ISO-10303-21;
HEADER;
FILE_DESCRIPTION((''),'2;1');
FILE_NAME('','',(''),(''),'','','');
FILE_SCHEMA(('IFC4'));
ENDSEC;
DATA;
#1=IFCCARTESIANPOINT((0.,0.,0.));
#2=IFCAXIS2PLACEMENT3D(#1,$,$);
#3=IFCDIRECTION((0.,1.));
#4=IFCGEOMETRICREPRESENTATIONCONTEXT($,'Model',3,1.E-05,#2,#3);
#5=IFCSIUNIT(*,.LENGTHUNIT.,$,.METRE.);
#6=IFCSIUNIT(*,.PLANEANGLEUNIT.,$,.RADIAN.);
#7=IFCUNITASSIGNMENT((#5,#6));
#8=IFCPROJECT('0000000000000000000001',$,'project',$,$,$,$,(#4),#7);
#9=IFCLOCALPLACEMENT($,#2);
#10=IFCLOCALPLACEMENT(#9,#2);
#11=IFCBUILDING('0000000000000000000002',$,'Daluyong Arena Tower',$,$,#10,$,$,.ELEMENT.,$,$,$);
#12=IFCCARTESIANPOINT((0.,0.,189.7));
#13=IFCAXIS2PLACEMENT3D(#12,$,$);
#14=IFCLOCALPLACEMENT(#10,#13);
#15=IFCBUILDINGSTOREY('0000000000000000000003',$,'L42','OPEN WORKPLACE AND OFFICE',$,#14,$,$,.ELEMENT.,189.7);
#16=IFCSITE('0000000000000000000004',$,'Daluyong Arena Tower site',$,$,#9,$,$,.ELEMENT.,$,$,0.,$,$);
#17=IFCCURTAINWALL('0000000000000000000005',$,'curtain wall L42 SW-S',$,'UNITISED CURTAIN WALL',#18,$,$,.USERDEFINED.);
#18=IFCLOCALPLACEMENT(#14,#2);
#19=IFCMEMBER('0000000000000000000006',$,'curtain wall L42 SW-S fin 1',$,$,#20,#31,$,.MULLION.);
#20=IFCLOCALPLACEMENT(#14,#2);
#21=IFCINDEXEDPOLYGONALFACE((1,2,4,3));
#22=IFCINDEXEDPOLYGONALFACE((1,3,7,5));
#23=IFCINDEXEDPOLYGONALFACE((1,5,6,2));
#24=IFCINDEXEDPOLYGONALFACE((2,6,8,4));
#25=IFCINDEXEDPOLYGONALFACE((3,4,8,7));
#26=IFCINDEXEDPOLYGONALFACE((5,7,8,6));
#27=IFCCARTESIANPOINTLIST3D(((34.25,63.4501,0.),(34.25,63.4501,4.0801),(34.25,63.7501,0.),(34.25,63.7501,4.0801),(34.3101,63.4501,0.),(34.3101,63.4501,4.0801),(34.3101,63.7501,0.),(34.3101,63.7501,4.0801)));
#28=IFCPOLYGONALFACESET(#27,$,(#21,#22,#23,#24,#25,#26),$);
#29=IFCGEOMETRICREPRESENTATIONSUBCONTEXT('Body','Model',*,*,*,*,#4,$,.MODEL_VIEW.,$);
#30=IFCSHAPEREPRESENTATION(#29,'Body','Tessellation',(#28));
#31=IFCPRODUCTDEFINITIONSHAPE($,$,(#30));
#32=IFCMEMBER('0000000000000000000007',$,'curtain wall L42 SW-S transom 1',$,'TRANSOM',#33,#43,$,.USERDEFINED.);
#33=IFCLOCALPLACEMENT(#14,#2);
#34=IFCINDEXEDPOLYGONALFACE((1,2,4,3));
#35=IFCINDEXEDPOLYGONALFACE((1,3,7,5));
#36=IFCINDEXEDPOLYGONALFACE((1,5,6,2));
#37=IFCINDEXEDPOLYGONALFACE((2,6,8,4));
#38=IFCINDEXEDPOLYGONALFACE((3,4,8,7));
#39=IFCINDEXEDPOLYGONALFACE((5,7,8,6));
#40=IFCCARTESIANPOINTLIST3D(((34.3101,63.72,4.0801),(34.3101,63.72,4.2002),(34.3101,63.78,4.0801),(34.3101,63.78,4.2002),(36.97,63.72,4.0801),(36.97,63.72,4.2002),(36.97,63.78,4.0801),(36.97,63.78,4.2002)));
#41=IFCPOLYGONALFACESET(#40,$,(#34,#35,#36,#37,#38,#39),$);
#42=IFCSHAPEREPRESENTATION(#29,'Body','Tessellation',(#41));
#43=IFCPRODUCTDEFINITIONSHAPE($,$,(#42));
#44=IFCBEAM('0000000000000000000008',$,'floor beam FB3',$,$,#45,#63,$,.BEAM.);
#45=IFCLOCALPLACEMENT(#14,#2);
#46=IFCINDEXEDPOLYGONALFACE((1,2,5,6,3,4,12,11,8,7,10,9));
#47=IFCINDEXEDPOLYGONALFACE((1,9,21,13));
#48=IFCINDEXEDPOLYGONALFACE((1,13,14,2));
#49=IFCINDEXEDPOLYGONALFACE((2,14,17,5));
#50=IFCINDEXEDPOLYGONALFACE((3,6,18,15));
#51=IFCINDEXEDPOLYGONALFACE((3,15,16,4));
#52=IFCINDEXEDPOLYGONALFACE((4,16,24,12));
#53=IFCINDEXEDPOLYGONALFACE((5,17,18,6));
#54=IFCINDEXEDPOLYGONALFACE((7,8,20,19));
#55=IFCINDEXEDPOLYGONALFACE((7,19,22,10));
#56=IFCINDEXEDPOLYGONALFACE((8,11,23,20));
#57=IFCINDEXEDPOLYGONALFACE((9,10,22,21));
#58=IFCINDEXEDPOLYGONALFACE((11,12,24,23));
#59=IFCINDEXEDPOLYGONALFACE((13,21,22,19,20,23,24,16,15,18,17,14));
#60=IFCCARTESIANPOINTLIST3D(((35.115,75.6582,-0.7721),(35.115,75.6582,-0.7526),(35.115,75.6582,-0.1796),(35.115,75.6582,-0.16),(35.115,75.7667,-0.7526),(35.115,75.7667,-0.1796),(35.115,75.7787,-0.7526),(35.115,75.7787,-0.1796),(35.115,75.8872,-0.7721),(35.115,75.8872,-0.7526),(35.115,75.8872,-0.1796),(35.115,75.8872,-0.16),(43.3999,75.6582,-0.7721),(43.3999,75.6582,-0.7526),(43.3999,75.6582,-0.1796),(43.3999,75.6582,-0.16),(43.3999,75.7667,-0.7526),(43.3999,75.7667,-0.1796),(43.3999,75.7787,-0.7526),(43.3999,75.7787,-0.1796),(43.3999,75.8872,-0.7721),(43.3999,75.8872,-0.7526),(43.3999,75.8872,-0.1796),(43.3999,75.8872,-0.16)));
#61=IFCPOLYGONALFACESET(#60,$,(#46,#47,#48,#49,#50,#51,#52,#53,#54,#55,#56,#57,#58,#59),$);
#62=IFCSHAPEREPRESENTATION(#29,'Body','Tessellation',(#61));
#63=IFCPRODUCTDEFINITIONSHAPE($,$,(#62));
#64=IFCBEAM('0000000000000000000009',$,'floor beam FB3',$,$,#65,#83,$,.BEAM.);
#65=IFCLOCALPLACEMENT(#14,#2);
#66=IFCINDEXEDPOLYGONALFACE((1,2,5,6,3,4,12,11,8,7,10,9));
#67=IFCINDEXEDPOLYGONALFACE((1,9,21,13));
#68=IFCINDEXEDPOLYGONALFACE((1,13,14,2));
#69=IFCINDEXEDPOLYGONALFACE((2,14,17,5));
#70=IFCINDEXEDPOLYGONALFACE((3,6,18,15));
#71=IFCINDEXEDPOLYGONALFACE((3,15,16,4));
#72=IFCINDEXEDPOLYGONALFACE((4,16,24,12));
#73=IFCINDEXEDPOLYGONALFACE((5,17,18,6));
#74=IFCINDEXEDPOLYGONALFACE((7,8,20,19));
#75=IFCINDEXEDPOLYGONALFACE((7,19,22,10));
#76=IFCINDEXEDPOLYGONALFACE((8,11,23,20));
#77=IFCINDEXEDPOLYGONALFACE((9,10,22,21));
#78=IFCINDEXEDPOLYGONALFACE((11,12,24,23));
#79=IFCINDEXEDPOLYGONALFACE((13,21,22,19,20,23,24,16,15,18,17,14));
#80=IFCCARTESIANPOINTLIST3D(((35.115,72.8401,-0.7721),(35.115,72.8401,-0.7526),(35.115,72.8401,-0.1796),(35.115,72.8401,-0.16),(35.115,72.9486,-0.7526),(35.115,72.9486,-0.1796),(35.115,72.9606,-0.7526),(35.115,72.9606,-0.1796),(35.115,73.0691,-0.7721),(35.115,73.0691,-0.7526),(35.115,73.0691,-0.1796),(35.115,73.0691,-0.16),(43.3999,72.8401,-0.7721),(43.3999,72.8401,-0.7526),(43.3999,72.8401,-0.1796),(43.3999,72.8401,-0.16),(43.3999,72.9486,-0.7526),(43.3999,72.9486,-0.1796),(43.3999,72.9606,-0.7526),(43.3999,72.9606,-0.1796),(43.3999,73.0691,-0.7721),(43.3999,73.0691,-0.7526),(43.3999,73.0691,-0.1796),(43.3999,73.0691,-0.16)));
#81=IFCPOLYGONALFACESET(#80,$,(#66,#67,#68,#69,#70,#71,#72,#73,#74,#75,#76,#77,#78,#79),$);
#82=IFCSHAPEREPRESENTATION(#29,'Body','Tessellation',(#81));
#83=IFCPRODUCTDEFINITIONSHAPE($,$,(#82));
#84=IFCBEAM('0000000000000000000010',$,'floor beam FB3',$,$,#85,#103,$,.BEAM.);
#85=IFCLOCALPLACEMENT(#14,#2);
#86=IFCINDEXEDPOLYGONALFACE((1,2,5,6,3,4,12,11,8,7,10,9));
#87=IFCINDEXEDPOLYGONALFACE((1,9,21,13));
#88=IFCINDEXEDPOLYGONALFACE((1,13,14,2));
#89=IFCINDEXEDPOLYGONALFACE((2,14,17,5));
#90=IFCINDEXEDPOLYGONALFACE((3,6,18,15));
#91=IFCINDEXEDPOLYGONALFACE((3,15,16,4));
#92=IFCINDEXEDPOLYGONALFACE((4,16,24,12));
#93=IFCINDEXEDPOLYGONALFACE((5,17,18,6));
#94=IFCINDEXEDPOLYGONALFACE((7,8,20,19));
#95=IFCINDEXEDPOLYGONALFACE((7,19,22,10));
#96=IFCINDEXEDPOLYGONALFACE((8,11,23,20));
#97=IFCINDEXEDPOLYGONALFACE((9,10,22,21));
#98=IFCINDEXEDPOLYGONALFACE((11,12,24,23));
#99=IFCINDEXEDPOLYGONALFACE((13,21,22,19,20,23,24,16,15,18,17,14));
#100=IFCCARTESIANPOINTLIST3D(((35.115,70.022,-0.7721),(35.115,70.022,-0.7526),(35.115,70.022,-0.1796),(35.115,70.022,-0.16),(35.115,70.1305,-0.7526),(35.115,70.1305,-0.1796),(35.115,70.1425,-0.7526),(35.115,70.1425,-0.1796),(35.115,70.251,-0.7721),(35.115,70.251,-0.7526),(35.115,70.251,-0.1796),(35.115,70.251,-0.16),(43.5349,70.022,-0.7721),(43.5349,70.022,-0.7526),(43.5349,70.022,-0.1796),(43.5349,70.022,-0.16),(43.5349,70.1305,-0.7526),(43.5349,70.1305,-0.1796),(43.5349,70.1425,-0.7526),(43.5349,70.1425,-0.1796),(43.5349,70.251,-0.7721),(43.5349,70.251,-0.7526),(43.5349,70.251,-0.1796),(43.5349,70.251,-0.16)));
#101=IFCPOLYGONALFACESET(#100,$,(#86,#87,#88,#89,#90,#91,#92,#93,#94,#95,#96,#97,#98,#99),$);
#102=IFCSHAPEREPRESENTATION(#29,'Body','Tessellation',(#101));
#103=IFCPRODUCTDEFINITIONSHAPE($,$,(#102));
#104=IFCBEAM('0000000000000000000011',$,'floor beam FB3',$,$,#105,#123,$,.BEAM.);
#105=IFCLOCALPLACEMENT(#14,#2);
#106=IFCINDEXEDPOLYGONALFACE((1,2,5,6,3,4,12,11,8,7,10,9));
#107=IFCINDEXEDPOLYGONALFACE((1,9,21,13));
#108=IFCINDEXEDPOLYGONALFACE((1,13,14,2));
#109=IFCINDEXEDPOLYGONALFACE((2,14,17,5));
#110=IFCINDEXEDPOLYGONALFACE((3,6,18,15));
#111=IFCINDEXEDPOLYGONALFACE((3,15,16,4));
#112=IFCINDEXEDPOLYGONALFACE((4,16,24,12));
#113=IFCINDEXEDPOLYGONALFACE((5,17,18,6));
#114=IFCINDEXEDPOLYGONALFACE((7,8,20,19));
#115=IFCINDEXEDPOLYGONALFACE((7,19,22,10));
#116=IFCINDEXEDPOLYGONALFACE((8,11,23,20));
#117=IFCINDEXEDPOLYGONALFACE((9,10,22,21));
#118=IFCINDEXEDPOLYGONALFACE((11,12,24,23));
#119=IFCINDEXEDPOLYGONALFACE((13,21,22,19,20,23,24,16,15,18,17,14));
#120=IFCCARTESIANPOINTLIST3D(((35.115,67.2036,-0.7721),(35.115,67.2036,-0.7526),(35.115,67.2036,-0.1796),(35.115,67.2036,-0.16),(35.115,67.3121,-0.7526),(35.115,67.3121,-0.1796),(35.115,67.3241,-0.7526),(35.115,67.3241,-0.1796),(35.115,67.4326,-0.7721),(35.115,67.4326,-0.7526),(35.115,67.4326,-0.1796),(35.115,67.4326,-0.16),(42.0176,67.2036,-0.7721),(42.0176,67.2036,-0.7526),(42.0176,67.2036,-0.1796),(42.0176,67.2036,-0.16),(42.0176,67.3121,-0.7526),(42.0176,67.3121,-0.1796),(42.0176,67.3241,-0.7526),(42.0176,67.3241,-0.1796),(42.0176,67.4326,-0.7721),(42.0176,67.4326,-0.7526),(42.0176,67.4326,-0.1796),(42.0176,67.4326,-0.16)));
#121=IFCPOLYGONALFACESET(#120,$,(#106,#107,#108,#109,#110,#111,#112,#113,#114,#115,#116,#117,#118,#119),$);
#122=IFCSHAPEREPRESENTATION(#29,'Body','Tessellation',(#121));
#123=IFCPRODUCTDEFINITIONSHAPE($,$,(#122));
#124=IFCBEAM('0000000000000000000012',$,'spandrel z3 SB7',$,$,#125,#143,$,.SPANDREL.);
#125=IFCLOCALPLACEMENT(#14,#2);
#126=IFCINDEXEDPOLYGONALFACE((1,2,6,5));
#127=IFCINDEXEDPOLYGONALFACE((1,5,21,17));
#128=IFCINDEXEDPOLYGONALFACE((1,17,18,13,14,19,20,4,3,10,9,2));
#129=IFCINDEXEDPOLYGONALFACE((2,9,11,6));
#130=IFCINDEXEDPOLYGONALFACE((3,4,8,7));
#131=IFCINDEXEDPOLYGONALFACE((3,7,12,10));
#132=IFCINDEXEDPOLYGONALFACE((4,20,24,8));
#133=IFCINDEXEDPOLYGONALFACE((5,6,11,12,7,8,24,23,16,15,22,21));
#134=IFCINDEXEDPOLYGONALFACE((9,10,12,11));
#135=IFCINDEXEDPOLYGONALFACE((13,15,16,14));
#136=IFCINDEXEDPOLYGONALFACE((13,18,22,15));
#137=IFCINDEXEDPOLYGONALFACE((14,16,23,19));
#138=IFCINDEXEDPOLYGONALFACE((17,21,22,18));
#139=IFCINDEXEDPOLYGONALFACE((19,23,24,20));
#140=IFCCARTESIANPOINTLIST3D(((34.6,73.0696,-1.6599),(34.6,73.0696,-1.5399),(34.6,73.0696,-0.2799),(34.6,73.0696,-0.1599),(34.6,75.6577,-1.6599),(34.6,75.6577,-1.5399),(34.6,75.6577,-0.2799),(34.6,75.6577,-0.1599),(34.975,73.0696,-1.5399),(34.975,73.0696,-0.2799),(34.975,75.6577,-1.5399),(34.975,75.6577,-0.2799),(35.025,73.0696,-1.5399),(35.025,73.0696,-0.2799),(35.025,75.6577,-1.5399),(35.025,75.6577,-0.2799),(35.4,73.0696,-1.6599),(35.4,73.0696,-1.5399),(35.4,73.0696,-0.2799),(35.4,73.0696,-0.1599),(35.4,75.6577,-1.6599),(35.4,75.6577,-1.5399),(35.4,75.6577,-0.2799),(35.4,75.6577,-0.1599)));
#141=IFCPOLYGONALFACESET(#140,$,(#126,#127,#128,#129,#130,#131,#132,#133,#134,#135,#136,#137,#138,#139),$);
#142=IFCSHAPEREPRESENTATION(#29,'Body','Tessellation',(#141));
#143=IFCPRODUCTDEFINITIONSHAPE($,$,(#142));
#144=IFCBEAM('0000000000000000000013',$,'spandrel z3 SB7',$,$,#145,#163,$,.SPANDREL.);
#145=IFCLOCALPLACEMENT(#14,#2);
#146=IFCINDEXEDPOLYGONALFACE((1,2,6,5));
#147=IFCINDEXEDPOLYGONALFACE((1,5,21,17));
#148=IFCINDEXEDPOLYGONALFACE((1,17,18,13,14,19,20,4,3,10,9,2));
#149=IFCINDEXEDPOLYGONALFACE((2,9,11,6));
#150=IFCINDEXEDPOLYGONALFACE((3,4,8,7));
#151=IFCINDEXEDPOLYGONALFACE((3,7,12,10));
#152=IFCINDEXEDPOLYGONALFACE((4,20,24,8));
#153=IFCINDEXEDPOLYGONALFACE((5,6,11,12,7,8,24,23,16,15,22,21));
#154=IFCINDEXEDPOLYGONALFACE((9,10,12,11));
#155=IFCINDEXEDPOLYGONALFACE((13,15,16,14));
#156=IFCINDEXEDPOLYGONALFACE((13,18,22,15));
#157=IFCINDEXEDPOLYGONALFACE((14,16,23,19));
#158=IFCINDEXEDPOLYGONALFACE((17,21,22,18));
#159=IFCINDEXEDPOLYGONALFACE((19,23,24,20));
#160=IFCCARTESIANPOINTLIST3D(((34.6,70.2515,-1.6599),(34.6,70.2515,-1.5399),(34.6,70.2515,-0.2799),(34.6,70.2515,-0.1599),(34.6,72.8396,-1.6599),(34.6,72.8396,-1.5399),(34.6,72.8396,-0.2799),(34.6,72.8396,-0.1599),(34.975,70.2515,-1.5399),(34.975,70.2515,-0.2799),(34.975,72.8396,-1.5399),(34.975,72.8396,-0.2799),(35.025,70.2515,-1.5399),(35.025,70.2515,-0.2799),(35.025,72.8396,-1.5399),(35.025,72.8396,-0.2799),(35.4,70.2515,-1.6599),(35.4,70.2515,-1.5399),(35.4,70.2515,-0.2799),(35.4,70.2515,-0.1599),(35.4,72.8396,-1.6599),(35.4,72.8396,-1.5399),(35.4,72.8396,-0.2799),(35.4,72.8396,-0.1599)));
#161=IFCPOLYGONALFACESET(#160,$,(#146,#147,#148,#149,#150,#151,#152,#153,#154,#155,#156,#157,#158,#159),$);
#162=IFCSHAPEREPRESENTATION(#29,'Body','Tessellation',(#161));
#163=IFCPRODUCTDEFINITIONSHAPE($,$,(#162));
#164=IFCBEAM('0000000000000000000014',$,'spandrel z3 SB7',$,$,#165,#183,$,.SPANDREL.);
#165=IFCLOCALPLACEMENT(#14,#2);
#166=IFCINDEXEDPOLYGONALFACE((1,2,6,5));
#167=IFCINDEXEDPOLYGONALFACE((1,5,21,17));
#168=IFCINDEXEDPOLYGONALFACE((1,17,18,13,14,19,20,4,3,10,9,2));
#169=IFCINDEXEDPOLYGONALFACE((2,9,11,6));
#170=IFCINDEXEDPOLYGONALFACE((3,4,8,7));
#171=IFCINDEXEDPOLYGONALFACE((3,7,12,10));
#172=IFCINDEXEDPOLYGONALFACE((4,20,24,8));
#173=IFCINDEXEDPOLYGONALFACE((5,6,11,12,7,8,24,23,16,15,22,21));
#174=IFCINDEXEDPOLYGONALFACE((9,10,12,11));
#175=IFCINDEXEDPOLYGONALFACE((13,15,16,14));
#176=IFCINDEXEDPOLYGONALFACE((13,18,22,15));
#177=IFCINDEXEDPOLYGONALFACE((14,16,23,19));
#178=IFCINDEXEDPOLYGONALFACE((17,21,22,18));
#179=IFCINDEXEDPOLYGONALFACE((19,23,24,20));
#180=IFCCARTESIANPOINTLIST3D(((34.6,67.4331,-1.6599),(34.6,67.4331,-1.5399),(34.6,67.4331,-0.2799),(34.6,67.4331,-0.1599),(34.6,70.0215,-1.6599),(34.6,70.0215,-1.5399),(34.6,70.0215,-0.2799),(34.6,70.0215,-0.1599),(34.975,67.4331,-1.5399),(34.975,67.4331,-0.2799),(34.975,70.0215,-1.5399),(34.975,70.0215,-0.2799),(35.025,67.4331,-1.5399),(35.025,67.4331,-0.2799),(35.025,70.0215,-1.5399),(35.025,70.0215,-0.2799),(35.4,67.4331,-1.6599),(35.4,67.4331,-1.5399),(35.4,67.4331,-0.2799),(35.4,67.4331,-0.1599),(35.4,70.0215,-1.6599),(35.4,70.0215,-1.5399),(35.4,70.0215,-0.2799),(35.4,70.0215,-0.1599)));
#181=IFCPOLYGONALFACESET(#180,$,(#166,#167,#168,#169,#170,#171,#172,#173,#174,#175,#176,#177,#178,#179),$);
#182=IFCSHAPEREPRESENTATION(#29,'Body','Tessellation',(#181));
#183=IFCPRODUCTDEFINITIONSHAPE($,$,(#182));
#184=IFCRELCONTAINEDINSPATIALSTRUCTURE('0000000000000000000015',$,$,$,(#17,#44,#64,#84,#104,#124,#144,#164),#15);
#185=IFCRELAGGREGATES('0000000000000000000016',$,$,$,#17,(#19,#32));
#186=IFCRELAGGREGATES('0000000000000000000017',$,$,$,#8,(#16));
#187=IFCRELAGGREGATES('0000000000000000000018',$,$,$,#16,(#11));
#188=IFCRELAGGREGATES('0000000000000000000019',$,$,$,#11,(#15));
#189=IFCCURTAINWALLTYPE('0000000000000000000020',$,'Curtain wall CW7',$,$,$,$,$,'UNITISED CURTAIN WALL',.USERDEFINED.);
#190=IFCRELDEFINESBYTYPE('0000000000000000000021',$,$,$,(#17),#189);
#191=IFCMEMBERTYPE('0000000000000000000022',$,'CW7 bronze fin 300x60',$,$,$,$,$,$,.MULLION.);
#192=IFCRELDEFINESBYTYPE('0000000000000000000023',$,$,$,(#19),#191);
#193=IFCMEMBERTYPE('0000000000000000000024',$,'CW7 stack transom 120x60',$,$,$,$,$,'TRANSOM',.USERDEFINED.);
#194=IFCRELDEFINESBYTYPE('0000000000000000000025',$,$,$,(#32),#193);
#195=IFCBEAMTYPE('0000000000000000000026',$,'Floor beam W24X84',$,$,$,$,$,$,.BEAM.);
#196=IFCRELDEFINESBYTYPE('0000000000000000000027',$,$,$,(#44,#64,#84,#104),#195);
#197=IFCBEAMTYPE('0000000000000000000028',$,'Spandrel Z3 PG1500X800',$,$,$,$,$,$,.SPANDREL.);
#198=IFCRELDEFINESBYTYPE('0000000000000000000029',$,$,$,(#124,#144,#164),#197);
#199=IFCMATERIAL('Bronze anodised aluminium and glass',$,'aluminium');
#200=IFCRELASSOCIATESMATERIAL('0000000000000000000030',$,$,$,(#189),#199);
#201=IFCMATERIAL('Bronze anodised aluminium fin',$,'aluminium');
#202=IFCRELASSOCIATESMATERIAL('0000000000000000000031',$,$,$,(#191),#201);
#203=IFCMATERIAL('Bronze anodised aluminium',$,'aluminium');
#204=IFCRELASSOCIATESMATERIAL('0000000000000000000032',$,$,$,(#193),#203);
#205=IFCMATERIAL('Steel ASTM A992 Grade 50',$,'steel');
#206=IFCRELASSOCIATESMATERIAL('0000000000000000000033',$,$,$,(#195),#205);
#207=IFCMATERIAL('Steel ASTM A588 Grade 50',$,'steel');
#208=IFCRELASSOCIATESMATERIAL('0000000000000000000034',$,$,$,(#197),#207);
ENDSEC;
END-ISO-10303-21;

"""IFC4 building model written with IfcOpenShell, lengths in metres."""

from ifc_helpers import new_model, si_unit, direction, frame, origin, origin_2d, place, context, subcontext, project, spatial, rectangle, i_section, extrude, material, material_profile, profile_set, type_object, element, aggregate, save


model = new_model("IFC4")

# Units and contexts
model_context = context("Model", 3, precision=1e-05, world=origin(), true_north=direction((0.0, 1.0)))
body_context = subcontext(model_context, "Body", "Model", "MODEL_VIEW")
ifc_project = project(units=[si_unit("LENGTHUNIT", "METRE"), si_unit("PLANEANGLEUNIT", "RADIAN")], contexts=[model_context])

# Site, building, storey
site_placement = place(None, origin())
site = spatial("IfcSite", under=ifc_project, at=site_placement, Name="Daluyong Arena Tower site", CompositionType="ELEMENT", RefElevation=0.0)
building_placement = place(site_placement, origin())
building = spatial("IfcBuilding", under=site, at=building_placement, Name="Daluyong Arena Tower", CompositionType="ELEMENT")
storey_placement = place(building_placement, frame((0.0, 0.0, 189.7)))
storey = spatial("IfcBuildingStorey", under=building, at=storey_placement, Name="L42", Description="OPEN WORKPLACE AND OFFICE", CompositionType="ELEMENT", Elevation=189.7)

# Curtain wall, members
ifc_material_1 = material(Name="Bronze anodised aluminium and glass", Category="aluminium")
curtain_wall_type_1 = type_object("IfcCurtainWallType", Name="Curtain wall CW7", ElementType="UNITISED CURTAIN WALL", PredefinedType="USERDEFINED", material=ifc_material_1)
curtain_wall_1_placement = place(storey_placement, origin())
curtain_wall_1 = element("IfcCurtainWall", 1, at=curtain_wall_1_placement, inside=storey, type_object=curtain_wall_type_1, Name="curtain wall L42 SW-S", ObjectType="UNITISED CURTAIN WALL", PredefinedType="USERDEFINED")
ifc_material_2 = material(Name="Bronze anodised aluminium fin", Category="aluminium")
ifc_material_profile_1 = material_profile(ifc_material_2, rectangle(XDim=0.3, YDim=0.0601, at=origin_2d()))
ifc_profile_set_1 = profile_set([ifc_material_profile_1], Name="Bronze anodised aluminium fin")
member_type_1 = type_object("IfcMemberType", Name="CW7 bronze fin 300x60", PredefinedType="MULLION", material=ifc_profile_set_1)
member_1_placement = place(storey_placement, frame((34.28, 63.6001, 0.0), z_axis=(0.0, 0.0, 1.0), x_axis=(0.0, 1.0, 0.0)))
member_1 = element("IfcMember", 2, at=member_1_placement, type_object=member_type_1, Name="curtain wall L42 SW-S fin 1", PredefinedType="MULLION", context=body_context, shape_type="SweptSolid", body=[
    extrude(rectangle(XDim=0.3, YDim=0.0601, at=origin_2d()), origin(), (0.0, 0.0, 1.0), 4.0801),
])
ifc_material_3 = material(Name="Bronze anodised aluminium", Category="aluminium")
ifc_material_profile_2 = material_profile(ifc_material_3, rectangle(XDim=0.0601, YDim=0.1201, at=origin_2d()))
ifc_profile_set_2 = profile_set([ifc_material_profile_2], Name="Bronze anodised aluminium")
member_type_2 = type_object("IfcMemberType", Name="CW7 stack transom 120x60", ElementType="TRANSOM", PredefinedType="USERDEFINED", material=ifc_profile_set_2)
member_2_placement = place(storey_placement, frame((34.3101, 63.75, 4.1401), z_axis=(1.0, 0.0, 0.0), x_axis=(0.0, 1.0, 0.0)))
member_2 = element("IfcMember", 3, at=member_2_placement, type_object=member_type_2, Name="curtain wall L42 SW-S transom 1", ObjectType="TRANSOM", PredefinedType="USERDEFINED", context=body_context, shape_type="SweptSolid", body=[
    extrude(rectangle(XDim=0.0601, YDim=0.1201, at=origin_2d()), origin(), (0.0, 0.0, 1.0), 2.6599),
])
aggregate(curtain_wall_1, [member_1, member_2])

# Beams
ifc_material_4 = material(Name="Steel ASTM A992 Grade 50", Category="steel")
ifc_material_profile_3 = material_profile(ifc_material_4, i_section(OverallWidth=0.229, OverallDepth=0.6121, WebThickness=0.012, FlangeThickness=0.0195, at=origin_2d()))
ifc_profile_set_3 = profile_set([ifc_material_profile_3], Name="Steel ASTM A992 Grade 50")
beam_type_1 = type_object("IfcBeamType", Name="Floor beam W24X84", PredefinedType="BEAM", material=ifc_profile_set_3)
for number, where, z_axis, x_axis, name in (
    (4, (35.115, 75.7727, -0.4661), (1.0, 0.0, 0.0), (0.0, 1.0, 0.0), "floor beam FB3"),
    (5, (35.115, 72.9546, -0.4661), (1.0, 0.0, 0.0), (0.0, 1.0, 0.0), "floor beam FB3"),
):
    element("IfcBeam", number, at=place(storey_placement, frame(where, z_axis=z_axis, x_axis=x_axis)), inside=storey, type_object=beam_type_1, Name=name, PredefinedType="BEAM", context=body_context, shape_type="SweptSolid", body=[
        extrude(i_section(OverallWidth=0.229, OverallDepth=0.6121, WebThickness=0.012, FlangeThickness=0.0195, at=origin_2d()), origin(), (0.0, 0.0, 1.0), 8.2849),
    ])
beam_1_placement = place(storey_placement, frame((35.115, 70.1365, -0.4661), z_axis=(1.0, 0.0, 0.0), x_axis=(0.0, 1.0, 0.0)))
element("IfcBeam", 6, at=beam_1_placement, inside=storey, type_object=beam_type_1, Name="floor beam FB3", PredefinedType="BEAM", context=body_context, shape_type="SweptSolid", body=[
    extrude(i_section(OverallWidth=0.229, OverallDepth=0.6121, WebThickness=0.012, FlangeThickness=0.0195, at=origin_2d()), origin(), (0.0, 0.0, 1.0), 8.4199),
])
beam_2_placement = place(storey_placement, frame((35.115, 67.3181, -0.4661), z_axis=(1.0, 0.0, 0.0), x_axis=(0.0, 1.0, 0.0)))
element("IfcBeam", 7, at=beam_2_placement, inside=storey, type_object=beam_type_1, Name="floor beam FB3", PredefinedType="BEAM", context=body_context, shape_type="SweptSolid", body=[
    extrude(i_section(OverallWidth=0.229, OverallDepth=0.6121, WebThickness=0.012, FlangeThickness=0.0195, at=origin_2d()), origin(), (0.0, 0.0, 1.0), 6.9026),
])
ifc_material_5 = material(Name="Steel ASTM A588 Grade 50", Category="steel")
ifc_material_profile_4 = material_profile(ifc_material_5, i_section(OverallWidth=0.8, OverallDepth=1.5, WebThickness=0.05, FlangeThickness=0.12, at=origin_2d()))
ifc_profile_set_4 = profile_set([ifc_material_profile_4], Name="Steel ASTM A588 Grade 50")
beam_type_2 = type_object("IfcBeamType", Name="Spandrel Z3 PG1500X800", PredefinedType="SPANDREL", material=ifc_profile_set_4)
for number, where, z_axis, x_axis, name in (
    (8, (35.0, 75.6577, -0.9099), (0.0, -1.0, 0.0), (1.0, 0.0, 0.0), "spandrel z3 SB7"),
    (9, (35.0, 72.8396, -0.9099), (0.0, -1.0, 0.0), (1.0, 0.0, 0.0), "spandrel z3 SB7"),
):
    element("IfcBeam", number, at=place(storey_placement, frame(where, z_axis=z_axis, x_axis=x_axis)), inside=storey, type_object=beam_type_2, Name=name, PredefinedType="SPANDREL", context=body_context, shape_type="SweptSolid", body=[
        extrude(i_section(OverallWidth=0.8, OverallDepth=1.5, WebThickness=0.05, FlangeThickness=0.12, at=origin_2d()), origin(), (0.0, 0.0, 1.0), 2.5881),
    ])
beam_3_placement = place(storey_placement, frame((35.0, 70.0215, -0.9099), z_axis=(0.0, -1.0, 0.0), x_axis=(1.0, 0.0, 0.0)))
element("IfcBeam", 10, at=beam_3_placement, inside=storey, type_object=beam_type_2, Name="spandrel z3 SB7", PredefinedType="SPANDREL", context=body_context, shape_type="SweptSolid", body=[
    extrude(i_section(OverallWidth=0.8, OverallDepth=1.5, WebThickness=0.05, FlangeThickness=0.12, at=origin_2d()), origin(), (0.0, 0.0, 1.0), 2.5884),
])

save(model, "model.ifc")
